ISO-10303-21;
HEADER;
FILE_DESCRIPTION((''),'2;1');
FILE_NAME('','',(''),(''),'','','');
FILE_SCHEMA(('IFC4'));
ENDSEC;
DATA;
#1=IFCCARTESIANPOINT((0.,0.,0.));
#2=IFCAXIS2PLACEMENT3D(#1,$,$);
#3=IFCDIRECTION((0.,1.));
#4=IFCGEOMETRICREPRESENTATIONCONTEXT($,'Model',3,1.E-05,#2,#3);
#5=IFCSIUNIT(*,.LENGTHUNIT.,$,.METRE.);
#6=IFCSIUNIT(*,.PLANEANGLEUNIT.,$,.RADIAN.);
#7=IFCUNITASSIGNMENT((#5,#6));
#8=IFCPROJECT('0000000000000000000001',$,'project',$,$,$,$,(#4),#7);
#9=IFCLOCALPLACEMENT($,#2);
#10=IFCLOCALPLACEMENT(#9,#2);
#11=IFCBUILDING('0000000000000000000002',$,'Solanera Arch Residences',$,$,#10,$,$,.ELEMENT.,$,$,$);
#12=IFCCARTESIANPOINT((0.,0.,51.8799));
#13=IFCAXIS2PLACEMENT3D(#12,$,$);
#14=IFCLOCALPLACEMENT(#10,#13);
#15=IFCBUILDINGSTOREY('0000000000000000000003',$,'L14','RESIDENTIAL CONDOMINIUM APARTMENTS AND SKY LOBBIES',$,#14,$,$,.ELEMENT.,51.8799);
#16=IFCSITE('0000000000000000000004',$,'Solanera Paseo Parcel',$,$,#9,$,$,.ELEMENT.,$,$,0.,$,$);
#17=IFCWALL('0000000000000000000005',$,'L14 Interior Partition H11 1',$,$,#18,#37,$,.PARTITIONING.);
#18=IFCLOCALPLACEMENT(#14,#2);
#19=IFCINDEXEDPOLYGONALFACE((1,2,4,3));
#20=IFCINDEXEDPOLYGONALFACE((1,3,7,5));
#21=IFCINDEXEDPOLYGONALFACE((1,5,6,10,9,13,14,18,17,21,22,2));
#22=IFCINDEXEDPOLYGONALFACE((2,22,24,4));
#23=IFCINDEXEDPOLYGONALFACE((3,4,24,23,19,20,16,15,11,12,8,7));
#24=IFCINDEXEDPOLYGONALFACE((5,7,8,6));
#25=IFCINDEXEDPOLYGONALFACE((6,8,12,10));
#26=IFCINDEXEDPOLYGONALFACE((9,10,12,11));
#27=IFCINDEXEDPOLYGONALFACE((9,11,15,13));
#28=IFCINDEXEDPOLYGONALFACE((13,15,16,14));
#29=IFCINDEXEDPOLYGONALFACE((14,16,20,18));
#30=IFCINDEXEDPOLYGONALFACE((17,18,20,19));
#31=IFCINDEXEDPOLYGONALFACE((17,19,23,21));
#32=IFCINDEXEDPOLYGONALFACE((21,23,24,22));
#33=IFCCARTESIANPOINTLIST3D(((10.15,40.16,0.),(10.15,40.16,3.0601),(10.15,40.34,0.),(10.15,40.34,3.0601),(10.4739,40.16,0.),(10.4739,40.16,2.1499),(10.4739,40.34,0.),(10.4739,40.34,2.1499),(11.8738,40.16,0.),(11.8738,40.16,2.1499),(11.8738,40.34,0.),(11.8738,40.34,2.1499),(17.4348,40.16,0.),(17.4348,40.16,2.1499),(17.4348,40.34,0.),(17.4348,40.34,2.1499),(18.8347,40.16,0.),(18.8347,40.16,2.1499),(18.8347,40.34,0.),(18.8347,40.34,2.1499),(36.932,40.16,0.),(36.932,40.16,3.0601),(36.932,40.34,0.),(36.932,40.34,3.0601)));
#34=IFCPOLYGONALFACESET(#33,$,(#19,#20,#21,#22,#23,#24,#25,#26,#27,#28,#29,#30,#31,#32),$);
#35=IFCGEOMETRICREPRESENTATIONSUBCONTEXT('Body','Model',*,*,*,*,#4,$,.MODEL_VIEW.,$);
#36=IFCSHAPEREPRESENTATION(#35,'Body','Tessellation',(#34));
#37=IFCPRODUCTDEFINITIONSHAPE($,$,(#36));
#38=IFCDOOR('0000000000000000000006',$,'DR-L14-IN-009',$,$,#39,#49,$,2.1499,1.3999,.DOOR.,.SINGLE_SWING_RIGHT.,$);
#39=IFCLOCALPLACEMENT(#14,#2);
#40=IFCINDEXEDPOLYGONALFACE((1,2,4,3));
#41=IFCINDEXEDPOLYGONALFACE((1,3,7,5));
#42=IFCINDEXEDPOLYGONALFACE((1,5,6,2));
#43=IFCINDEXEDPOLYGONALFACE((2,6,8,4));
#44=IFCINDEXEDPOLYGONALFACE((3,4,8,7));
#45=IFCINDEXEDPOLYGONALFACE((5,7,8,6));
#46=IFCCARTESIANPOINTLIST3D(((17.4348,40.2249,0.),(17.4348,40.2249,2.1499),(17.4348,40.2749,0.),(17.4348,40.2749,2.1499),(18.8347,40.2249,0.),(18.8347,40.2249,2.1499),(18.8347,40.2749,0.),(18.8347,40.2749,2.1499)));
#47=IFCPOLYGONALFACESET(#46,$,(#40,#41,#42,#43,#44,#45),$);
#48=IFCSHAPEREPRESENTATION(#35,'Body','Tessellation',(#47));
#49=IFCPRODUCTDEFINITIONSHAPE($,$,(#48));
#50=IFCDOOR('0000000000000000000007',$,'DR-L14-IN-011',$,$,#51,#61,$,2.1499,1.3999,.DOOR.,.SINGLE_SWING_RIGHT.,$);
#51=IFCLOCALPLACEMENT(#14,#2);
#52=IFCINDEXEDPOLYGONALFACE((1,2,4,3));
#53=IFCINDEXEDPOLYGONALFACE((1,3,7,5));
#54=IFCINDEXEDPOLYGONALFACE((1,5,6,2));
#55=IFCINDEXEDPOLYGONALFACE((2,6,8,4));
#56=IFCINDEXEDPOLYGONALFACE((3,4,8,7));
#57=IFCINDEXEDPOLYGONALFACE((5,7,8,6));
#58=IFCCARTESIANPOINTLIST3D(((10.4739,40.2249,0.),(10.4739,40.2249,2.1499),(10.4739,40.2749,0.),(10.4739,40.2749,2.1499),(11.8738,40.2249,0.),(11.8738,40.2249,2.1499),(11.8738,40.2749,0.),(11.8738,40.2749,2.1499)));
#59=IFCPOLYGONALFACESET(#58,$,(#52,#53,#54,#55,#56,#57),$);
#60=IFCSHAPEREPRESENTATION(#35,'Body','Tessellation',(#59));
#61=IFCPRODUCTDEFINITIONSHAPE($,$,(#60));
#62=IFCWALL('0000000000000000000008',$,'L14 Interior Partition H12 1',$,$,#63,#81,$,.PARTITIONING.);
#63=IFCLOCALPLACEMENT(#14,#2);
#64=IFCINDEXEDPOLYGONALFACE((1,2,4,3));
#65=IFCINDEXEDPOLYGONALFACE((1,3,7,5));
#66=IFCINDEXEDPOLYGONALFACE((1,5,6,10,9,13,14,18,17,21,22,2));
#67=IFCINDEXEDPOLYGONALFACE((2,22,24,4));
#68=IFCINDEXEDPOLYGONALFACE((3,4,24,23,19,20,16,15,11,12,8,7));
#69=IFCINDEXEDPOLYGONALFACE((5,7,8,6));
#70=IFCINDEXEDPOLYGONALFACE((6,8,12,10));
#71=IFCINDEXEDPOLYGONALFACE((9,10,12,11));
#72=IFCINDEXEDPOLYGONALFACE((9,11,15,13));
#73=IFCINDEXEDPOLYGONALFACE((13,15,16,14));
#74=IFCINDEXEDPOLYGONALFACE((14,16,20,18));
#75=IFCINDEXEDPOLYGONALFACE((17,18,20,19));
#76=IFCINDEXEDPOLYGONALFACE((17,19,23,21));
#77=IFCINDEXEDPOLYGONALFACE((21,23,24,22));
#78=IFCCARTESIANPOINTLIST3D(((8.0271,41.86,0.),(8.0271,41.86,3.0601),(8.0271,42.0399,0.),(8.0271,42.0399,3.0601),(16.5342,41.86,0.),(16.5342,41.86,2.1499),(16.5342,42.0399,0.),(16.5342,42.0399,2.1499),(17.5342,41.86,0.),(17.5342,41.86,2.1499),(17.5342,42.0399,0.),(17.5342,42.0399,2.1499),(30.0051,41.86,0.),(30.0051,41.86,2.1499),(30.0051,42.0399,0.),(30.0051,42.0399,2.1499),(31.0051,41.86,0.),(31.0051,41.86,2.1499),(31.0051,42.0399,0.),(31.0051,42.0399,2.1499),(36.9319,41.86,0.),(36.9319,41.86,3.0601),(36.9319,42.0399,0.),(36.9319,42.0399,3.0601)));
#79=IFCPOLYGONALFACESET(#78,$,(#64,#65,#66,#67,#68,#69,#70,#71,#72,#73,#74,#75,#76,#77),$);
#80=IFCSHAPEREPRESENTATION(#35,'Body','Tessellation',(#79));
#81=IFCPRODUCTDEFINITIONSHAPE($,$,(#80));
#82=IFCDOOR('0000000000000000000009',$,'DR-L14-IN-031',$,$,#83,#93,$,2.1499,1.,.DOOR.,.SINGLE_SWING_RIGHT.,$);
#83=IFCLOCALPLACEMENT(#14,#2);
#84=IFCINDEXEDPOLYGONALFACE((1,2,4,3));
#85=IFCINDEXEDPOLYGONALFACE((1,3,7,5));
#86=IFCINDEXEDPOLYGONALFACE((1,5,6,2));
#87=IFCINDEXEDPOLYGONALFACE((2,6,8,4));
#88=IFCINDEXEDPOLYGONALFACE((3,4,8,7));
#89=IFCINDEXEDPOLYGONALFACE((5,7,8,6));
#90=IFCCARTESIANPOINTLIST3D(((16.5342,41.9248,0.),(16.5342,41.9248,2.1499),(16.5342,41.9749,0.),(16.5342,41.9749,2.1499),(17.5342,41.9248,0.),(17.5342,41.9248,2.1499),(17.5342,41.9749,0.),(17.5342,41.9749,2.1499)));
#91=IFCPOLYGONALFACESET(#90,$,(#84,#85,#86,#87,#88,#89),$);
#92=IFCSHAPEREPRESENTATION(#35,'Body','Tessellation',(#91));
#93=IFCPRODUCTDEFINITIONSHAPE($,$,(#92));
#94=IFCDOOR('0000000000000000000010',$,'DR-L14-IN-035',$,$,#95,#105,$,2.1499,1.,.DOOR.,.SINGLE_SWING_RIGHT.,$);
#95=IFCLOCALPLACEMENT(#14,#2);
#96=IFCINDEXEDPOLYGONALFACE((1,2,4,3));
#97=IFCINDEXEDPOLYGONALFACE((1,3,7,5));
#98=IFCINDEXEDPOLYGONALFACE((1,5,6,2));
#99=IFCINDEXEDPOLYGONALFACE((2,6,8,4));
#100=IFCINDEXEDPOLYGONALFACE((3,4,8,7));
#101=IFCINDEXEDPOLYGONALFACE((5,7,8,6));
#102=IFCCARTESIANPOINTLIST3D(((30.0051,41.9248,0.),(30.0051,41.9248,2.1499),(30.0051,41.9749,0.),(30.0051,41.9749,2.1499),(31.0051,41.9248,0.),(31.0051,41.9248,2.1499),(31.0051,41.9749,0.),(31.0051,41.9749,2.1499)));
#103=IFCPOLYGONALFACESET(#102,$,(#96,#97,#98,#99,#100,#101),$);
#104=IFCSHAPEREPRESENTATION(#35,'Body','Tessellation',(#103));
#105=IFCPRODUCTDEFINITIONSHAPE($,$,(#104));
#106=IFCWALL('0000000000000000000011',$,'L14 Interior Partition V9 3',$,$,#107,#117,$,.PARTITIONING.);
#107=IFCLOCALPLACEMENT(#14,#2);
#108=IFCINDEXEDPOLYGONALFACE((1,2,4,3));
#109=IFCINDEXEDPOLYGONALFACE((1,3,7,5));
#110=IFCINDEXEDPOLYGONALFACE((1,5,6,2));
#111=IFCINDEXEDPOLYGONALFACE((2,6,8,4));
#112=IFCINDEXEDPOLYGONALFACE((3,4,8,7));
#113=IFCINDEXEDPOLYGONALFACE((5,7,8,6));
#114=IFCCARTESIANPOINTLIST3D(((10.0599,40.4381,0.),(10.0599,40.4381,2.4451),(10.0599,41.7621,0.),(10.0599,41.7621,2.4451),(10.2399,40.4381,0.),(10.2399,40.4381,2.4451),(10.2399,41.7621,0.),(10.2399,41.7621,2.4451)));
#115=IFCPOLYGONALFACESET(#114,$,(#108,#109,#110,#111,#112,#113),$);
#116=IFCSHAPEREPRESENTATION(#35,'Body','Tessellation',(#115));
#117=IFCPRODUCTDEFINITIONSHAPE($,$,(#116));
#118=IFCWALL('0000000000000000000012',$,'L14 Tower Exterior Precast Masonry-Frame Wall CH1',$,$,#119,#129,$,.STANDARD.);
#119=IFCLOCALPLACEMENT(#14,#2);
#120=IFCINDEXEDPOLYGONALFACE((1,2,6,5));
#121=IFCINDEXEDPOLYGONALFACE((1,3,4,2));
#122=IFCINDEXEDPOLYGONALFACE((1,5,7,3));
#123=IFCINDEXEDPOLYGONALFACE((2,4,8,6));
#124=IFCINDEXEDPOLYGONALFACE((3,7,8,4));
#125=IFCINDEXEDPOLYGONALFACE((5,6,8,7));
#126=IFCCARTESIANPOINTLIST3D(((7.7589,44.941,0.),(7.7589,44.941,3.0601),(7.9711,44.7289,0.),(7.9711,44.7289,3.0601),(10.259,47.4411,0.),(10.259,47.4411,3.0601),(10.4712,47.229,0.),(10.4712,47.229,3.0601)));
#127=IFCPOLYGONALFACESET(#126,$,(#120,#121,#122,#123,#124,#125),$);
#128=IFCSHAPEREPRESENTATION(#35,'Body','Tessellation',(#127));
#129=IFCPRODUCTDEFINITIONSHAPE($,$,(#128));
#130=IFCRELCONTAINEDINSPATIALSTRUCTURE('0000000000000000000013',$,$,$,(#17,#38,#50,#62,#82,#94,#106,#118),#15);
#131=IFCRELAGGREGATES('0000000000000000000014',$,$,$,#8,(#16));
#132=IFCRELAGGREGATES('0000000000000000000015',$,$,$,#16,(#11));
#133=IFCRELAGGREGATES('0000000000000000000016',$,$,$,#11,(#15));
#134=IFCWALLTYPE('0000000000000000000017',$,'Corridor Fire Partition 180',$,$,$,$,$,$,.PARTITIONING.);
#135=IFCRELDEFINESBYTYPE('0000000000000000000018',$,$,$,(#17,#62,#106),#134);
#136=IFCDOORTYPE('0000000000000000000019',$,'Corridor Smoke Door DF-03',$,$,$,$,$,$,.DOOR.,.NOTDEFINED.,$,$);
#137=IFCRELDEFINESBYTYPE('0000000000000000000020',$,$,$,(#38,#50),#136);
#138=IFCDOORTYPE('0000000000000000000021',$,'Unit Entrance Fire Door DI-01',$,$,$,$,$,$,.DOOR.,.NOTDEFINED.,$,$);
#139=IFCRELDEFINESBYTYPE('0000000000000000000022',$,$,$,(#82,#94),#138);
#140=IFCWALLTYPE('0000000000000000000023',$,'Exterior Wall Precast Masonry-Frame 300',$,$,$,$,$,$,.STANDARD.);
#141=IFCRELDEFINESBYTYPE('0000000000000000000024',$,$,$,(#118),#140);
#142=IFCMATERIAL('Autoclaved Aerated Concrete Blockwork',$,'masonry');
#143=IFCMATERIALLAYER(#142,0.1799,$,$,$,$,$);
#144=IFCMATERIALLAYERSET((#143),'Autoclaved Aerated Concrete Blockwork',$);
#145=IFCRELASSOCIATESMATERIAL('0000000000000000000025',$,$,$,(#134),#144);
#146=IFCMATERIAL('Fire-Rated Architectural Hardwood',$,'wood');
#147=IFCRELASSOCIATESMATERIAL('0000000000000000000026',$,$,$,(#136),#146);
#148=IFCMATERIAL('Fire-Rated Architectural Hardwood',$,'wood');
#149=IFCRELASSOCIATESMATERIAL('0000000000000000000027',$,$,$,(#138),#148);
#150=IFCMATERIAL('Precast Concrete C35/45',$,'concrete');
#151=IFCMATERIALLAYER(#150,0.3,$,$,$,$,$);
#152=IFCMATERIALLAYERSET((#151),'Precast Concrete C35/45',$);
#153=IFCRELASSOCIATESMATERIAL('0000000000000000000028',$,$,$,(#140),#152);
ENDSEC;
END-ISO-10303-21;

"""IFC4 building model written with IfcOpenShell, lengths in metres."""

from ifc_helpers import new_model, si_unit, direction, frame, frame_2d, origin, place, context, subcontext, project, spatial, rectangle, extrude, material, layer, layer_set, type_object, element, fill, save


model = new_model("IFC4")

# Units and contexts
model_context = context("Model", 3, precision=1e-05, world=origin(), true_north=direction((0.0, 1.0)))
body_context = subcontext(model_context, "Body", "Model", "MODEL_VIEW")
ifc_project = project(units=[si_unit("LENGTHUNIT", "METRE"), si_unit("PLANEANGLEUNIT", "RADIAN")], contexts=[model_context])

# Site, building, storey
site_placement = place(None, origin())
site = spatial("IfcSite", under=ifc_project, at=site_placement, Name="Solanera Paseo Parcel", CompositionType="ELEMENT", RefElevation=0.0)
building_placement = place(site_placement, origin())
building = spatial("IfcBuilding", under=site, at=building_placement, Name="Solanera Arch Residences", CompositionType="ELEMENT")
storey_placement = place(building_placement, frame((0.0, 0.0, 51.8799)))
storey = spatial("IfcBuildingStorey", under=building, at=storey_placement, Name="L14", Description="RESIDENTIAL CONDOMINIUM APARTMENTS AND SKY LOBBIES", CompositionType="ELEMENT", Elevation=51.8799)

# Walls, openings, doors
ifc_material_1 = material(Name="Autoclaved Aerated Concrete Blockwork", Category="masonry")
ifc_layer_1 = layer(ifc_material_1, 0.1799)
ifc_layer_set_1 = layer_set([ifc_layer_1], Name="Autoclaved Aerated Concrete Blockwork")
wall_type_1 = type_object("IfcWallType", Name="Corridor Fire Partition 180", PredefinedType="PARTITIONING", material=ifc_layer_set_1)
wall_1_placement = place(storey_placement, frame((10.1499, 40.25, 0.0), z_axis=(0.0, 0.0, 1.0), x_axis=(1.0, 0.0, 0.0)))
wall_1 = element("IfcWall", 1, at=wall_1_placement, inside=storey, type_object=wall_type_1, Name="L14 Interior Partition H11 1", PredefinedType="PARTITIONING", context=body_context, shape_type="SweptSolid", body=[
    extrude(rectangle(XDim=26.782, YDim=0.1799, at=frame_2d((13.3911, 0.0))), origin(), (0.0, 0.0, 1.0), 3.0601),
])
opening_1_placement = place(wall_1_placement, frame((7.2849, 0.0, 0.0)))
opening_1 = element("IfcOpeningElement", 2, at=opening_1_placement, cuts=wall_1, PredefinedType="OPENING", context=body_context, shape_type="SweptSolid", body=[
    extrude(rectangle(XDim=1.3999, YDim=2.1499, at=frame_2d((0.7, 1.075))), frame((0.0, 0.1001, 0.0), z_axis=(0.0, -1.0, 0.0), x_axis=(1.0, 0.0, 0.0)), (0.0, 0.0, 1.0), 0.1999),
])
opening_2_placement = place(wall_1_placement, frame((0.324, 0.0, 0.0)))
opening_2 = element("IfcOpeningElement", 3, at=opening_2_placement, cuts=wall_1, PredefinedType="OPENING", context=body_context, shape_type="SweptSolid", body=[
    extrude(rectangle(XDim=1.3999, YDim=2.1499, at=frame_2d((0.7, 1.075))), frame((0.0, 0.1001, 0.0), z_axis=(0.0, -1.0, 0.0), x_axis=(1.0, 0.0, 0.0)), (0.0, 0.0, 1.0), 0.1999),
])
ifc_material_2 = material(Name="Fire-Rated Architectural Hardwood", Category="wood")
door_type_1 = type_object("IfcDoorType", Name="Corridor Smoke Door DF-03", OperationType="NOTDEFINED", PredefinedType="DOOR", material=ifc_material_2)
door_1_placement = place(opening_1_placement, origin())
door_1 = element("IfcDoor", 4, at=door_1_placement, inside=storey, type_object=door_type_1, Name="DR-L14-IN-009", OperationType="SINGLE_SWING_RIGHT", OverallHeight=2.1499, OverallWidth=1.3999, PredefinedType="DOOR", context=body_context, shape_type="SweptSolid", body=[
    extrude(rectangle(XDim=1.3999, YDim=2.1499, at=frame_2d((0.7, 1.075))), frame((0.0, 0.0249, 0.0), z_axis=(0.0, -1.0, 0.0), x_axis=(1.0, 0.0, 0.0)), (0.0, 0.0, 1.0), 0.05),
])
fill(opening_1, door_1)
door_2_placement = place(opening_2_placement, origin())
door_2 = element("IfcDoor", 5, at=door_2_placement, inside=storey, type_object=door_type_1, Name="DR-L14-IN-011", OperationType="SINGLE_SWING_RIGHT", OverallHeight=2.1499, OverallWidth=1.3999, PredefinedType="DOOR", context=body_context, shape_type="SweptSolid", body=[
    extrude(rectangle(XDim=1.3999, YDim=2.1499, at=frame_2d((0.7, 1.075))), frame((0.0, 0.0249, 0.0), z_axis=(0.0, -1.0, 0.0), x_axis=(1.0, 0.0, 0.0)), (0.0, 0.0, 1.0), 0.05),
])
fill(opening_2, door_2)
wall_2_placement = place(storey_placement, frame((8.0271, 41.95, 0.0), z_axis=(0.0, 0.0, 1.0), x_axis=(1.0, 0.0, 0.0)))
wall_2 = element("IfcWall", 6, at=wall_2_placement, inside=storey, type_object=wall_type_1, Name="L14 Interior Partition H12 1", PredefinedType="PARTITIONING", context=body_context, shape_type="SweptSolid", body=[
    extrude(rectangle(XDim=28.9048, YDim=0.1799, at=frame_2d((14.4524, 0.0))), origin(), (0.0, 0.0, 1.0), 3.0601),
])
opening_3_placement = place(wall_2_placement, frame((8.5071, 0.0, 0.0)))
opening_3 = element("IfcOpeningElement", 7, at=opening_3_placement, cuts=wall_2, PredefinedType="OPENING", context=body_context, shape_type="SweptSolid", body=[
    extrude(rectangle(XDim=1.0, YDim=2.1499, at=frame_2d((0.5, 1.075))), frame((0.0, 0.1001, 0.0), z_axis=(0.0, -1.0, 0.0), x_axis=(1.0, 0.0, 0.0)), (0.0, 0.0, 1.0), 0.1999),
])
opening_4_placement = place(wall_2_placement, frame((21.978, 0.0, 0.0)))
opening_4 = element("IfcOpeningElement", 8, at=opening_4_placement, cuts=wall_2, PredefinedType="OPENING", context=body_context, shape_type="SweptSolid", body=[
    extrude(rectangle(XDim=1.0, YDim=2.1499, at=frame_2d((0.5, 1.075))), frame((0.0, 0.1001, 0.0), z_axis=(0.0, -1.0, 0.0), x_axis=(1.0, 0.0, 0.0)), (0.0, 0.0, 1.0), 0.1999),
])
ifc_material_3 = material(Name="Fire-Rated Architectural Hardwood", Category="wood")
door_type_2 = type_object("IfcDoorType", Name="Unit Entrance Fire Door DI-01", OperationType="NOTDEFINED", PredefinedType="DOOR", material=ifc_material_3)
door_3_placement = place(opening_3_placement, origin())
door_3 = element("IfcDoor", 9, at=door_3_placement, inside=storey, type_object=door_type_2, Name="DR-L14-IN-031", OperationType="SINGLE_SWING_RIGHT", OverallHeight=2.1499, OverallWidth=1.0, PredefinedType="DOOR", context=body_context, shape_type="SweptSolid", body=[
    extrude(rectangle(XDim=1.0, YDim=2.1499, at=frame_2d((0.5, 1.075))), frame((0.0, 0.0249, 0.0), z_axis=(0.0, -1.0, 0.0), x_axis=(1.0, 0.0, 0.0)), (0.0, 0.0, 1.0), 0.05),
])
fill(opening_3, door_3)
door_4_placement = place(opening_4_placement, origin())
door_4 = element("IfcDoor", 10, at=door_4_placement, inside=storey, type_object=door_type_2, Name="DR-L14-IN-035", OperationType="SINGLE_SWING_RIGHT", OverallHeight=2.1499, OverallWidth=1.0, PredefinedType="DOOR", context=body_context, shape_type="SweptSolid", body=[
    extrude(rectangle(XDim=1.0, YDim=2.1499, at=frame_2d((0.5, 1.075))), frame((0.0, 0.0249, 0.0), z_axis=(0.0, -1.0, 0.0), x_axis=(1.0, 0.0, 0.0)), (0.0, 0.0, 1.0), 0.05),
])
fill(opening_4, door_4)

# Walls
wall_3_placement = place(storey_placement, frame((10.1499, 40.438, 0.0), z_axis=(0.0, 0.0, 1.0), x_axis=(0.0, 1.0, 0.0)))
element("IfcWall", 11, at=wall_3_placement, inside=storey, type_object=wall_type_1, Name="L14 Interior Partition V9 3", PredefinedType="PARTITIONING", context=body_context, shape_type="SweptSolid", body=[
    extrude(rectangle(XDim=1.324, YDim=0.1799, at=frame_2d((0.6621, 0.0))), origin(), (0.0, 0.0, 1.0), 2.4451),
])
ifc_material_4 = material(Name="Precast Concrete C35/45", Category="concrete")
ifc_layer_2 = layer(ifc_material_4, 0.3)
ifc_layer_set_2 = layer_set([ifc_layer_2], Name="Precast Concrete C35/45")
wall_type_2 = type_object("IfcWallType", Name="Exterior Wall Precast Masonry-Frame 300", PredefinedType="STANDARD", material=ifc_layer_set_2)
wall_4_placement = place(storey_placement, frame((7.865, 44.835, 0.0), z_axis=(0.0, 0.0, 1.0), x_axis=(0.707107, 0.707107, 0.0)))
element("IfcWall", 12, at=wall_4_placement, inside=storey, type_object=wall_type_2, Name="L14 Tower Exterior Precast Masonry-Frame Wall CH1", PredefinedType="STANDARD", context=body_context, shape_type="SweptSolid", body=[
    extrude(rectangle(XDim=3.5356, YDim=0.3, at=frame_2d((1.7678, 0.0))), origin(), (0.0, 0.0, 1.0), 3.0601),
])

save(model, "model.ifc")
